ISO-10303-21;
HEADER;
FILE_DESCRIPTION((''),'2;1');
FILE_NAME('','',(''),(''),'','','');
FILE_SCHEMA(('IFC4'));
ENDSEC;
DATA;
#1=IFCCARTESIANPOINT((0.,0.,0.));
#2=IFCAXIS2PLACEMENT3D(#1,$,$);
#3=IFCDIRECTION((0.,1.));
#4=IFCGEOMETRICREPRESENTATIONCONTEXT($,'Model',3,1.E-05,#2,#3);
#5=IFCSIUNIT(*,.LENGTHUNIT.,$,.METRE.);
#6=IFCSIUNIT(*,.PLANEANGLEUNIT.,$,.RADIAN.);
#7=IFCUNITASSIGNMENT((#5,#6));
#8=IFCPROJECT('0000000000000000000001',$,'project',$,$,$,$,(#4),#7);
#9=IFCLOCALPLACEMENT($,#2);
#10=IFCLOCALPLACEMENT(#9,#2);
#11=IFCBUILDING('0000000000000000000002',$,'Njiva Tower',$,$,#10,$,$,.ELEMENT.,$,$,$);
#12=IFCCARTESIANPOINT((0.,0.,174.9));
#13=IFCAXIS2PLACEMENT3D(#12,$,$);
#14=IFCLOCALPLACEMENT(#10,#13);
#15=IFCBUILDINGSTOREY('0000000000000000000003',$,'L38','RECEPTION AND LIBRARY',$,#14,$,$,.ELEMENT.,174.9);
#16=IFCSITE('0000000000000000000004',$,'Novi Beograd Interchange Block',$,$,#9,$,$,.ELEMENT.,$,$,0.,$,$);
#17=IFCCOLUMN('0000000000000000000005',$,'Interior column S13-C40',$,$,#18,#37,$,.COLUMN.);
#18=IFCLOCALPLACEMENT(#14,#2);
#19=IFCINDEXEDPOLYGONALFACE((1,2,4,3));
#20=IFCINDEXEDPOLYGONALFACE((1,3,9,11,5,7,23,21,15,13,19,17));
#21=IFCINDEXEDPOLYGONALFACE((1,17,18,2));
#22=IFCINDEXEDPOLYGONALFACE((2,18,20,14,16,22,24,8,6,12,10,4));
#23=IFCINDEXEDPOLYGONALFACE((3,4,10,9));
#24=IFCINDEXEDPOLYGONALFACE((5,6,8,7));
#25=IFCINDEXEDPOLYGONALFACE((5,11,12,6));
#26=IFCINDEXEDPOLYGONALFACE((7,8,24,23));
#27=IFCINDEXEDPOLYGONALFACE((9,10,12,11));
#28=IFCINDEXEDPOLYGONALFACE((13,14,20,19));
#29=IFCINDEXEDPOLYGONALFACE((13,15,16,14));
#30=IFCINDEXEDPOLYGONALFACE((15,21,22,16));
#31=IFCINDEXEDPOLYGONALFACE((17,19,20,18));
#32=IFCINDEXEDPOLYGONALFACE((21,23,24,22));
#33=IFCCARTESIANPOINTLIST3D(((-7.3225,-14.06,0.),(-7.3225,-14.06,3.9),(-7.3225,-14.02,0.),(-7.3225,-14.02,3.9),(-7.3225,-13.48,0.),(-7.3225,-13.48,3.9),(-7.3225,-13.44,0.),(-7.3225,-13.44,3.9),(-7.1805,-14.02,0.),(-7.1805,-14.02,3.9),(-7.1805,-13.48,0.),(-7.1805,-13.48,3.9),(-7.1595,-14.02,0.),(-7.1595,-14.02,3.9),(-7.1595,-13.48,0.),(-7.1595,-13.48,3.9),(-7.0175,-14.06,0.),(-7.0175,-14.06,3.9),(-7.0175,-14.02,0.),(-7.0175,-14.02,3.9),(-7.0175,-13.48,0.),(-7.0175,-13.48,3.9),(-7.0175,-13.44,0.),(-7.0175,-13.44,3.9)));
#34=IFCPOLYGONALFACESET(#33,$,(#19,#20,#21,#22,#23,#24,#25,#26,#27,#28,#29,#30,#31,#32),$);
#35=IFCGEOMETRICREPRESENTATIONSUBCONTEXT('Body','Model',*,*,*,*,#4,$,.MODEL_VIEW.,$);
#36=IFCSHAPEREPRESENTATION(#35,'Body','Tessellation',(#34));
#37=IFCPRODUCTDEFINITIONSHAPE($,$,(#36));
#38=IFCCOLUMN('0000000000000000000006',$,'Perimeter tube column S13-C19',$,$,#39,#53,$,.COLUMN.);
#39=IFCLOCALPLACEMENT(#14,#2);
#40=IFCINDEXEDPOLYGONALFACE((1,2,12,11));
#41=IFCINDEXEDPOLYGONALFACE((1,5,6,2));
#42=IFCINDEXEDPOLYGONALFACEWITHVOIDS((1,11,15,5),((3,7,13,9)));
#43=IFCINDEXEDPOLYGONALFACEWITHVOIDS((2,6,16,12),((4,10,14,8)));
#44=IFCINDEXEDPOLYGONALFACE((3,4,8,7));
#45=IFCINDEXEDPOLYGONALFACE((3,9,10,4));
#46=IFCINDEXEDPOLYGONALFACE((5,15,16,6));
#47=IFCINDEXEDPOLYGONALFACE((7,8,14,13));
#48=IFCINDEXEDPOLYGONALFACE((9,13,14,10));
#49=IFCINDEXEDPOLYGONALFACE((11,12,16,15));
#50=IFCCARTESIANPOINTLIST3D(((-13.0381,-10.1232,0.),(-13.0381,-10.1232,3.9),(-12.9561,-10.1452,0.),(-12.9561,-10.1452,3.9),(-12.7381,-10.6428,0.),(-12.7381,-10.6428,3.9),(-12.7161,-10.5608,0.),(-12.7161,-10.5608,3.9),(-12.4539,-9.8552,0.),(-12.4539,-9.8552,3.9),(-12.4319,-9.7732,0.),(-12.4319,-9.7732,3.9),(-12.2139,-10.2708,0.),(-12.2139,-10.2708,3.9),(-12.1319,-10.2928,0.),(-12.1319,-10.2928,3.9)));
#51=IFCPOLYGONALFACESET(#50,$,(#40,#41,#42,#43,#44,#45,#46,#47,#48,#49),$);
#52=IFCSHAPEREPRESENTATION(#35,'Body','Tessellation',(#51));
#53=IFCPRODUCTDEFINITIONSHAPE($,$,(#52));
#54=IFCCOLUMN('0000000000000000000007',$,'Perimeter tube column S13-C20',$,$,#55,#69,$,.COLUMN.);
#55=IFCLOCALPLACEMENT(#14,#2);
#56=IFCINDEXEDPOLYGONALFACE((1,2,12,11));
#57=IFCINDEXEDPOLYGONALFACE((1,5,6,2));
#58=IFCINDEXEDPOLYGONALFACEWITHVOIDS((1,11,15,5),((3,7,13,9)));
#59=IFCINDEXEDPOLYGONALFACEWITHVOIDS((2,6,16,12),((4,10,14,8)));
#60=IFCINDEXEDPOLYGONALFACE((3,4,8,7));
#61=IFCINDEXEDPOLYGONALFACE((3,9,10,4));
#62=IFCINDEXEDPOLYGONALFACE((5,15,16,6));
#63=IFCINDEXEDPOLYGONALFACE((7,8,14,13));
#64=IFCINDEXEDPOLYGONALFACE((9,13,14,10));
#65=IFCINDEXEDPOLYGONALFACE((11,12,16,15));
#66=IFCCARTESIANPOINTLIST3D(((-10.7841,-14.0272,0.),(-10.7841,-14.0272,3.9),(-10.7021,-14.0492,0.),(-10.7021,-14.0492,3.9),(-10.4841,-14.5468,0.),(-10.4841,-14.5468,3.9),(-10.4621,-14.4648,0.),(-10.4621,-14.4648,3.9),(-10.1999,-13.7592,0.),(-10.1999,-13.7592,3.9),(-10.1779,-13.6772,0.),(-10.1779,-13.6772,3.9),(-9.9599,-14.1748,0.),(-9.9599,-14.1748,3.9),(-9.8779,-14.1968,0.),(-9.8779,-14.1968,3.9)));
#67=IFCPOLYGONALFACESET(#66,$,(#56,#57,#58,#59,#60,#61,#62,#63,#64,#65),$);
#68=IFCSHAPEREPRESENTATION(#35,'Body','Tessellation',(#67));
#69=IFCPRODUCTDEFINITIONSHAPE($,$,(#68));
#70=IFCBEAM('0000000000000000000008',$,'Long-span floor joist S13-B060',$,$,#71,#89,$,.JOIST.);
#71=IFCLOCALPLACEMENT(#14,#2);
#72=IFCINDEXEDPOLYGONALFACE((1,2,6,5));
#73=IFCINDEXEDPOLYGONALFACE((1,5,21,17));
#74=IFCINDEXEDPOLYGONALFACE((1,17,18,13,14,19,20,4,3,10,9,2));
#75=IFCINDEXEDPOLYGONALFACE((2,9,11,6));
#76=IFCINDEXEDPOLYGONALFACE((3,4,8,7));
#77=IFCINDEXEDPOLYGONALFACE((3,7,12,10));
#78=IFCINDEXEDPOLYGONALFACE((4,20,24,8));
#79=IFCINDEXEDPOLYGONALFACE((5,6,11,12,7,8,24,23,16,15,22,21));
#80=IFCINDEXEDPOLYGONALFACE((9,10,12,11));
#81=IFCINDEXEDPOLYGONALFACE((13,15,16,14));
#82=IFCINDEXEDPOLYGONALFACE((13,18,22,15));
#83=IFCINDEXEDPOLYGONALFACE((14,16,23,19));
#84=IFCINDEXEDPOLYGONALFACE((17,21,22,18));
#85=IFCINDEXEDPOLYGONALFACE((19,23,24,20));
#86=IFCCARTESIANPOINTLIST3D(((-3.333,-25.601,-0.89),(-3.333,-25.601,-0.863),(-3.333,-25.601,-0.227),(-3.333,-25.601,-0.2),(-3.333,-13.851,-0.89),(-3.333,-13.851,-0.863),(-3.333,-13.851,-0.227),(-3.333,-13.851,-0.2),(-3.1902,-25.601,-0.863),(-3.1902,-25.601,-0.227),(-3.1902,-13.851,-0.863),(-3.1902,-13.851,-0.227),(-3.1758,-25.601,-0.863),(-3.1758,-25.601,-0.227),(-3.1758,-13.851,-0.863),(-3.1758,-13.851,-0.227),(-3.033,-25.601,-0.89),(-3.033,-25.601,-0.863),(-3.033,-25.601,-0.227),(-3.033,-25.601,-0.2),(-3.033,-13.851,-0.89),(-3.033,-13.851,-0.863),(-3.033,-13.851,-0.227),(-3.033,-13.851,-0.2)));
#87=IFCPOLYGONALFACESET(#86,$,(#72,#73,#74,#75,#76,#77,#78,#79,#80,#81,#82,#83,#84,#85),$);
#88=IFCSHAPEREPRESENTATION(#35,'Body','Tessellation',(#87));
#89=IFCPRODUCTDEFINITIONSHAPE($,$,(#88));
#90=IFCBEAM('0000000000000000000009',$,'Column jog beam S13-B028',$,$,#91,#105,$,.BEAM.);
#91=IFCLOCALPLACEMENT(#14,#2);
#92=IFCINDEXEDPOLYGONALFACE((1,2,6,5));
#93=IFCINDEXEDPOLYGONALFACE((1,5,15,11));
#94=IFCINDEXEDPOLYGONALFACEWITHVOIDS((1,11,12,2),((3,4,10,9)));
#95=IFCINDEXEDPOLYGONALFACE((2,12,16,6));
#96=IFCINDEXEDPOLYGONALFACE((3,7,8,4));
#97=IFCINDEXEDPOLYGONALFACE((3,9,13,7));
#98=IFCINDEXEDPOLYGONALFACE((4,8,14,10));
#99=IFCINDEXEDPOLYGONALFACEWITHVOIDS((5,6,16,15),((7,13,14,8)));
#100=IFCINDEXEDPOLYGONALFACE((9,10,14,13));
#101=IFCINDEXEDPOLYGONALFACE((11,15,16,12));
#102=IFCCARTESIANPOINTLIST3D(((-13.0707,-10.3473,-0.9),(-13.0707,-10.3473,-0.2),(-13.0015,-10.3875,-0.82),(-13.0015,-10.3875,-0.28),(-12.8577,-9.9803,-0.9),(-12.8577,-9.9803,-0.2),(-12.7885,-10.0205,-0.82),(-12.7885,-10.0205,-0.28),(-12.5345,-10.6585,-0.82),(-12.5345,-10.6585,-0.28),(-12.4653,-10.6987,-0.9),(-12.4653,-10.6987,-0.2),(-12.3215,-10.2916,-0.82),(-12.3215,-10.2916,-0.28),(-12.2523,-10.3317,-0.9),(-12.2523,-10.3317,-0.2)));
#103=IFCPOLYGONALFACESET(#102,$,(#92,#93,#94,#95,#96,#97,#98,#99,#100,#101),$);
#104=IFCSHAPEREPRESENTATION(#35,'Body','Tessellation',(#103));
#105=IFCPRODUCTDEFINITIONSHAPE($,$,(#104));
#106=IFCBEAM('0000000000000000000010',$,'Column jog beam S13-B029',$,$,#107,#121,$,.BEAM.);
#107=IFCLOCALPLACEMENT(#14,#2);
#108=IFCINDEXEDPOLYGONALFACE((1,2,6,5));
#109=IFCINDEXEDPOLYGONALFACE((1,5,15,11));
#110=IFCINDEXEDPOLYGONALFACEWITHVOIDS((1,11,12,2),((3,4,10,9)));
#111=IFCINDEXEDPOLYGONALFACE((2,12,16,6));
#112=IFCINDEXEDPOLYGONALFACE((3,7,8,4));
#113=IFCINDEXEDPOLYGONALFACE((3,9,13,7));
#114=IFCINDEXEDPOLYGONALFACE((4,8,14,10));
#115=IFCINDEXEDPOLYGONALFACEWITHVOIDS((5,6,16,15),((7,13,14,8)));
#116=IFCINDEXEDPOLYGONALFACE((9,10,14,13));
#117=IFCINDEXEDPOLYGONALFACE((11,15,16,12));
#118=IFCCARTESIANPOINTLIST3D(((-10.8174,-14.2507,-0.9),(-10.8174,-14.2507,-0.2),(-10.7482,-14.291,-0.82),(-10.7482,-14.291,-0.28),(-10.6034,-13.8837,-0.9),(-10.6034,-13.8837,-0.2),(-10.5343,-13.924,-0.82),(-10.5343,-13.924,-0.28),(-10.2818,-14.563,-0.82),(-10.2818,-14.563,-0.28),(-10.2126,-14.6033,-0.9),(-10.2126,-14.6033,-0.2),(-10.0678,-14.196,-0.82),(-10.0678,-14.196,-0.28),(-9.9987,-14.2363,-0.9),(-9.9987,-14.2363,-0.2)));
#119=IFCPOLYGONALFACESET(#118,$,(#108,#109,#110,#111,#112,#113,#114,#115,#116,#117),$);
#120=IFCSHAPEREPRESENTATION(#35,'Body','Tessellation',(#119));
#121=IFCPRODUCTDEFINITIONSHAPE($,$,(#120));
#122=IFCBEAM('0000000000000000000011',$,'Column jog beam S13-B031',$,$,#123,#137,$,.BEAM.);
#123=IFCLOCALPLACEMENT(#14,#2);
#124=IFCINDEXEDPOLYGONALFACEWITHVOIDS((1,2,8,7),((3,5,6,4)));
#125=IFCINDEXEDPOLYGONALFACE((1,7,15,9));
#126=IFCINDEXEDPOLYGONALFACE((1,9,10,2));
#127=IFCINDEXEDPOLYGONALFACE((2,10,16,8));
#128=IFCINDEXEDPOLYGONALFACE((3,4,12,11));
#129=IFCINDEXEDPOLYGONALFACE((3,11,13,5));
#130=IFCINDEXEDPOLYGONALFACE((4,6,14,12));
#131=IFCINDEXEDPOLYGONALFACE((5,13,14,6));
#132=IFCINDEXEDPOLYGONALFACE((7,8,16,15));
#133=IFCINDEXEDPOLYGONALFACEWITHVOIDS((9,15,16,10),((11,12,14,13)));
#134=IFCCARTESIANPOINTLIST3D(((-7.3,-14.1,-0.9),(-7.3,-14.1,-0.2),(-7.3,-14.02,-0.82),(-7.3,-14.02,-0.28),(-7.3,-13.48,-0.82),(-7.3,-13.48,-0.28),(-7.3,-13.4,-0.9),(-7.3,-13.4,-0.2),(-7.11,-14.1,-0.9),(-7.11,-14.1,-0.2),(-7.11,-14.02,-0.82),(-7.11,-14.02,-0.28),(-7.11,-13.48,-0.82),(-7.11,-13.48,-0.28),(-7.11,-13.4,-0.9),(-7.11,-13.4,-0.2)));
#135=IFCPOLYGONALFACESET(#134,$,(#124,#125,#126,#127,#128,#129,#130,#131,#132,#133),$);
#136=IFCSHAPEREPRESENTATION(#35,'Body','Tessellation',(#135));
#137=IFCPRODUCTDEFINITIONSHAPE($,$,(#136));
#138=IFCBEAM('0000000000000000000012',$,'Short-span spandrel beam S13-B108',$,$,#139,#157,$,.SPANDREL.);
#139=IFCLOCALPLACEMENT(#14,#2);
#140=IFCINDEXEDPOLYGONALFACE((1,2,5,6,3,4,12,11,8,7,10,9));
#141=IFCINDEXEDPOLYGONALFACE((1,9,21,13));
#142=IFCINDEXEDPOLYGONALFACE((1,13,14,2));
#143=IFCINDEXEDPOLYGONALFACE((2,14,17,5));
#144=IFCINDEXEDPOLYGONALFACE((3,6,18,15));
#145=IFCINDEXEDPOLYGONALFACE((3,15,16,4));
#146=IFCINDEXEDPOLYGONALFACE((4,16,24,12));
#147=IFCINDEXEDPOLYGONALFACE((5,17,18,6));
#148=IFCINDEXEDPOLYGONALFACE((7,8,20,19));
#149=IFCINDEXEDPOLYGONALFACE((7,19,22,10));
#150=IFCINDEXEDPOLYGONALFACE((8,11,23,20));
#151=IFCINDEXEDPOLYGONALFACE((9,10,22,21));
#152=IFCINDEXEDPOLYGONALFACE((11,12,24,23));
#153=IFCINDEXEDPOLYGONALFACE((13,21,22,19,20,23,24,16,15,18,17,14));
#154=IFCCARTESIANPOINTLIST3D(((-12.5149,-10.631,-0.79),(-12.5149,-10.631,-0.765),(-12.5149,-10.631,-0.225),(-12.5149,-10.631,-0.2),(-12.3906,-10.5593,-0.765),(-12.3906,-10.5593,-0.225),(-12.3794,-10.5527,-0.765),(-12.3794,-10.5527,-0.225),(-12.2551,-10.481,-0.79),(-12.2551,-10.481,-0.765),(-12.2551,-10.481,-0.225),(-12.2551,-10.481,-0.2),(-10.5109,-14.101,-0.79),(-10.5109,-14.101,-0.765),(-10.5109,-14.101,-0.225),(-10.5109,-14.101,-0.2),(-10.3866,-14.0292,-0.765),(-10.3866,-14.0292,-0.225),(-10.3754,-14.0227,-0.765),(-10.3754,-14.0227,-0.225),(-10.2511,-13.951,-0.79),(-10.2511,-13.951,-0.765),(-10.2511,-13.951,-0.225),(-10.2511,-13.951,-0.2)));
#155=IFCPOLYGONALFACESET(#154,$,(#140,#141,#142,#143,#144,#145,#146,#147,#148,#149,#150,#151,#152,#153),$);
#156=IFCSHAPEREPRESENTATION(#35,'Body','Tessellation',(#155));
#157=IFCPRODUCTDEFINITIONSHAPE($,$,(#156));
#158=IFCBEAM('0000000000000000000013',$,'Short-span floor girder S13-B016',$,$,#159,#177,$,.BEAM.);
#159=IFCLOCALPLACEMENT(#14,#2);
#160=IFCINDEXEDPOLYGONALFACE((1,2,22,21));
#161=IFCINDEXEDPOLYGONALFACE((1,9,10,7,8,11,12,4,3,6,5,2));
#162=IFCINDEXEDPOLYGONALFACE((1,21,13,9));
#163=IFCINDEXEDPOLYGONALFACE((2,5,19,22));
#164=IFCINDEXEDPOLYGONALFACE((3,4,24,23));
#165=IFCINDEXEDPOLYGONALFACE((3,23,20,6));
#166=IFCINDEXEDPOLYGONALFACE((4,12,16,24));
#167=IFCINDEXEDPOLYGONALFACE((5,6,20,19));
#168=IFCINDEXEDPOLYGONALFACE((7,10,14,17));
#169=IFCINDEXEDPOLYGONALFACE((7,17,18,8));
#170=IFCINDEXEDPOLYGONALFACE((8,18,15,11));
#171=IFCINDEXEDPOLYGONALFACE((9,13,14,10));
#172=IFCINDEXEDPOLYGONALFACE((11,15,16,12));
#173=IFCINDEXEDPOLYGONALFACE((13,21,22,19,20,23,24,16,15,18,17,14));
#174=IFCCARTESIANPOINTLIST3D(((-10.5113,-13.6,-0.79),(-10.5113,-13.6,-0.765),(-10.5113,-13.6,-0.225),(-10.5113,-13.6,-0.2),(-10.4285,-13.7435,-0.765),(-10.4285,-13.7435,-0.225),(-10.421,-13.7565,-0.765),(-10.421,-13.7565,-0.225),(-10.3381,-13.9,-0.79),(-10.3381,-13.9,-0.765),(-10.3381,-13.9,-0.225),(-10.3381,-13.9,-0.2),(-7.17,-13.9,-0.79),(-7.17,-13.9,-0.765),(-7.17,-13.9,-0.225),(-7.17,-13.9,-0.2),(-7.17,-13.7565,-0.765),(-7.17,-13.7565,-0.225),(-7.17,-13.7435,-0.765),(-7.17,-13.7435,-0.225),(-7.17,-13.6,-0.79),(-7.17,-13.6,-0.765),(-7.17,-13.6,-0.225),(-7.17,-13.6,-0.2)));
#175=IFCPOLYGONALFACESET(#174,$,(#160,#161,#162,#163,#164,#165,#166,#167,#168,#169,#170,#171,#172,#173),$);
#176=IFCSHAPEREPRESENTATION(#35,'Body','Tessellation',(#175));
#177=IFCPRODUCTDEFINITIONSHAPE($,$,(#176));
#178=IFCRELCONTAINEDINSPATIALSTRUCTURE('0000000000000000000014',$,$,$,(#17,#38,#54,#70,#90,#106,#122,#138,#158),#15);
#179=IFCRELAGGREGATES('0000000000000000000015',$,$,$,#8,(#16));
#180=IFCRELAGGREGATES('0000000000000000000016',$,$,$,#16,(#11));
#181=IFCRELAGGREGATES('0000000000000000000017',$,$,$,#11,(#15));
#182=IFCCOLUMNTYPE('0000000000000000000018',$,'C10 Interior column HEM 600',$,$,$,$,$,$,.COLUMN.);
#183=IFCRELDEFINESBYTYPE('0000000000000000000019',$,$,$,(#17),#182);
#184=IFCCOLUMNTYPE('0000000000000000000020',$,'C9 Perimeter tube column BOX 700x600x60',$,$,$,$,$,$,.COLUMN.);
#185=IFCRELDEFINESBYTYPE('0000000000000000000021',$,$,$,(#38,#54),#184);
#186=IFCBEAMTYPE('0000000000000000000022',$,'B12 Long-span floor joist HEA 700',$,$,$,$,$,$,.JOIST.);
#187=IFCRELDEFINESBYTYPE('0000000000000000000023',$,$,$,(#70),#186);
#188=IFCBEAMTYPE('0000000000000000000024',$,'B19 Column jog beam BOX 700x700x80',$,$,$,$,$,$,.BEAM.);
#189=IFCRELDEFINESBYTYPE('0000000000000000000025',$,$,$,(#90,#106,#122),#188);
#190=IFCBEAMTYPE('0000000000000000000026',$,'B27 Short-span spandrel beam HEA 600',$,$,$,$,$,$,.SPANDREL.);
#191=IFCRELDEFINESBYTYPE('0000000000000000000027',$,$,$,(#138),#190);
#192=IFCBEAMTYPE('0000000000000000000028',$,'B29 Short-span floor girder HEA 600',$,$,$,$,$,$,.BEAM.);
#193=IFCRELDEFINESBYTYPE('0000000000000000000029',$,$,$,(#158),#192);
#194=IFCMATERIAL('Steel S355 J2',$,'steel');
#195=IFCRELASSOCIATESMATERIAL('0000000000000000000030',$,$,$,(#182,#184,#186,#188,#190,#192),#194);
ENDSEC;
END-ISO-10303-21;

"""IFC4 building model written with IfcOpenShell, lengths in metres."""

from ifc_helpers import new_model, si_unit, direction, frame, origin, origin_2d, place, context, subcontext, project, spatial, hollow_rectangle, i_section, extrude, clip, halfspace, material, material_profile, profile_set, type_object, element, save


model = new_model("IFC4")

# Units and contexts
model_context = context("Model", 3, precision=1e-05, world=origin(), true_north=direction((0.0, 1.0)))
body_context = subcontext(model_context, "Body", "Model", "MODEL_VIEW")
ifc_project = project(units=[si_unit("LENGTHUNIT", "METRE"), si_unit("PLANEANGLEUNIT", "RADIAN")], contexts=[model_context])

# Site, building, storey
site_placement = place(None, origin())
site = spatial("IfcSite", under=ifc_project, at=site_placement, Name="Novi Beograd Interchange Block", CompositionType="ELEMENT", RefElevation=0.0)
building_placement = place(site_placement, origin())
building = spatial("IfcBuilding", under=site, at=building_placement, Name="Njiva Tower", CompositionType="ELEMENT")
storey_placement = place(building_placement, frame((0.0, 0.0, 174.9)))
storey = spatial("IfcBuildingStorey", under=building, at=storey_placement, Name="L38", Description="RECEPTION AND LIBRARY", CompositionType="ELEMENT", Elevation=174.9)

# Columns
ifc_material_1 = material(Name="Steel S355 J2", Category="steel")
ifc_material_profile_1 = material_profile(ifc_material_1, i_section(OverallWidth=0.305, OverallDepth=0.62, WebThickness=0.021, FlangeThickness=0.04, at=origin_2d()), Name="HEM 600")
ifc_profile_set_1 = profile_set([ifc_material_profile_1], Name="Steel S355 J2")
column_type_1 = type_object("IfcColumnType", Name="C10 Interior column HEM 600", PredefinedType="COLUMN", material=ifc_profile_set_1)
column_placement = place(storey_placement, frame((-7.17, -13.75, 0.0), z_axis=(0.0, 0.0, 1.0), x_axis=(1.0, 0.0, 0.0)))
element("IfcColumn", 1, at=column_placement, inside=storey, type_object=column_type_1, Name="Interior column S13-C40", PredefinedType="COLUMN", context=body_context, shape_type="SweptSolid", body=[
    extrude(i_section(OverallWidth=0.305, OverallDepth=0.62, WebThickness=0.021, FlangeThickness=0.04, at=origin_2d()), origin(), (0.0, 0.0, 1.0), 3.9),
])
ifc_material_profile_2 = material_profile(ifc_material_1, hollow_rectangle(XDim=0.6, YDim=0.7, WallThickness=0.06, at=origin_2d()), Name="BOX 700x600x60")
ifc_profile_set_2 = profile_set([ifc_material_profile_2], Name="Steel S355 J2")
column_type_2 = type_object("IfcColumnType", Name="C9 Perimeter tube column BOX 700x600x60", PredefinedType="COLUMN", material=ifc_profile_set_2)
for number, where, z_axis, x_axis, name in (
    (2, (-12.585, -10.208, 0.0), (0.0, 0.0, 1.0), (0.5, -0.866025, 0.0), "Perimeter tube column S13-C19"),
    (3, (-10.331, -14.112, 0.0), (0.0, 0.0, 1.0), (0.5, -0.866025, 0.0), "Perimeter tube column S13-C20"),
):
    element("IfcColumn", number, at=place(storey_placement, frame(where, z_axis=z_axis, x_axis=x_axis)), inside=storey, type_object=column_type_2, Name=name, PredefinedType="COLUMN", context=body_context, shape_type="SweptSolid", body=[
        extrude(hollow_rectangle(XDim=0.6, YDim=0.7, WallThickness=0.06, at=origin_2d()), origin(), (0.0, 0.0, 1.0), 3.9),
    ])

# Beams
ifc_material_profile_3 = material_profile(ifc_material_1, i_section(OverallWidth=0.3, OverallDepth=0.69, WebThickness=0.0145, FlangeThickness=0.027, at=origin_2d()), Name="HEA 700")
ifc_profile_set_3 = profile_set([ifc_material_profile_3], Name="Steel S355 J2")
beam_type_1 = type_object("IfcBeamType", Name="B12 Long-span floor joist HEA 700", PredefinedType="JOIST", material=ifc_profile_set_3)
beam_1_placement = place(storey_placement, frame((-3.183, -13.851, -0.545), z_axis=(0.0, -1.0, 0.0), x_axis=(1.0, 0.0, 0.0)))
element("IfcBeam", 4, at=beam_1_placement, inside=storey, type_object=beam_type_1, Name="Long-span floor joist S13-B060", PredefinedType="JOIST", context=body_context, shape_type="SweptSolid", body=[
    extrude(i_section(OverallWidth=0.3, OverallDepth=0.69, WebThickness=0.0145, FlangeThickness=0.027, at=origin_2d()), origin(), (0.0, 0.0, 1.0), 11.75),
])
ifc_material_profile_4 = material_profile(ifc_material_1, hollow_rectangle(XDim=0.7, YDim=0.7, WallThickness=0.08, at=origin_2d()), Name="BOX 700x700x80")
ifc_profile_set_4 = profile_set([ifc_material_profile_4], Name="Steel S355 J2")
beam_type_2 = type_object("IfcBeamType", Name="B19 Column jog beam BOX 700x700x80", PredefinedType="BEAM", material=ifc_profile_set_4)
beam_2_placement = place(storey_placement, frame((-12.768, -10.523, -0.55), z_axis=(0.501965, 0.864888, 0.0), x_axis=(-0.864888, 0.501965, 0.0)))
element("IfcBeam", 5, at=beam_2_placement, inside=storey, type_object=beam_type_2, Name="Column jog beam S13-B028", PredefinedType="BEAM", context=body_context, shape_type="SweptSolid", body=[
    extrude(hollow_rectangle(XDim=0.7, YDim=0.7, WallThickness=0.08, at=origin_2d()), origin(), (0.0, 0.0, 1.0), 0.4243),
])
beam_3_placement = place(storey_placement, frame((-10.515, -14.427, -0.55), z_axis=(0.503725, 0.863864, 0.0), x_axis=(-0.863864, 0.503725, 0.0)))
element("IfcBeam", 6, at=beam_3_placement, inside=storey, type_object=beam_type_2, Name="Column jog beam S13-B029", PredefinedType="BEAM", context=body_context, shape_type="SweptSolid", body=[
    extrude(hollow_rectangle(XDim=0.7, YDim=0.7, WallThickness=0.08, at=origin_2d()), origin(), (0.0, 0.0, 1.0), 0.4248),
])
beam_4_placement = place(storey_placement, frame((-7.3, -13.75, -0.55), z_axis=(1.0, 0.0, 0.0), x_axis=(0.0, 1.0, 0.0)))
element("IfcBeam", 7, at=beam_4_placement, inside=storey, type_object=beam_type_2, Name="Column jog beam S13-B031", PredefinedType="BEAM", context=body_context, shape_type="SweptSolid", body=[
    extrude(hollow_rectangle(XDim=0.7, YDim=0.7, WallThickness=0.08, at=origin_2d()), origin(), (0.0, 0.0, 1.0), 0.19),
])
ifc_material_profile_5 = material_profile(ifc_material_1, i_section(OverallWidth=0.3, OverallDepth=0.59, WebThickness=0.013, FlangeThickness=0.025, at=origin_2d()), Name="HEA 600")
ifc_profile_set_5 = profile_set([ifc_material_profile_5], Name="Steel S355 J2")
beam_type_3 = type_object("IfcBeamType", Name="B27 Short-span spandrel beam HEA 600", PredefinedType="SPANDREL", material=ifc_profile_set_5)
beam_5_placement = place(storey_placement, frame((-12.385, -10.556, -0.495), z_axis=(0.500111, -0.865961, 0.0), x_axis=(0.865961, 0.500111, 0.0)))
element("IfcBeam", 8, at=beam_5_placement, inside=storey, type_object=beam_type_3, Name="Short-span spandrel beam S13-B108", PredefinedType="SPANDREL", context=body_context, shape_type="SweptSolid", body=[
    extrude(i_section(OverallWidth=0.3, OverallDepth=0.59, WebThickness=0.013, FlangeThickness=0.025, at=origin_2d()), origin(), (0.0, 0.0, 1.0), 4.0071),
])
ifc_material_profile_6 = material_profile(ifc_material_1, i_section(OverallWidth=0.3, OverallDepth=0.59, WebThickness=0.013, FlangeThickness=0.025, at=origin_2d()), Name="HEA 600")
ifc_profile_set_6 = profile_set([ifc_material_profile_6], Name="Steel S355 J2")
beam_type_4 = type_object("IfcBeamType", Name="B29 Short-span floor girder HEA 600", PredefinedType="BEAM", material=ifc_profile_set_6)
beam_6_placement = place(storey_placement, frame((-10.532, -13.75, -0.495), z_axis=(1.0, 0.0, 0.0), x_axis=(0.0, 1.0, 0.0)))
element("IfcBeam", 9, at=beam_6_placement, inside=storey, type_object=beam_type_4, Name="Short-span floor girder S13-B016", PredefinedType="BEAM", context=body_context, shape_type="Clipping", body=[
    clip(extrude(i_section(OverallWidth=0.3, OverallDepth=0.59, WebThickness=0.013, FlangeThickness=0.025, at=origin_2d()), origin(), (0.0, 0.0, 1.0), 3.362), halfspace(frame((-0.025, 0.0, 0.1217), z_axis=(-0.499998, 0.0, -0.866027), x_axis=(0.0, -1.0, 0.0)), False)),
])

save(model, "model.ifc")
